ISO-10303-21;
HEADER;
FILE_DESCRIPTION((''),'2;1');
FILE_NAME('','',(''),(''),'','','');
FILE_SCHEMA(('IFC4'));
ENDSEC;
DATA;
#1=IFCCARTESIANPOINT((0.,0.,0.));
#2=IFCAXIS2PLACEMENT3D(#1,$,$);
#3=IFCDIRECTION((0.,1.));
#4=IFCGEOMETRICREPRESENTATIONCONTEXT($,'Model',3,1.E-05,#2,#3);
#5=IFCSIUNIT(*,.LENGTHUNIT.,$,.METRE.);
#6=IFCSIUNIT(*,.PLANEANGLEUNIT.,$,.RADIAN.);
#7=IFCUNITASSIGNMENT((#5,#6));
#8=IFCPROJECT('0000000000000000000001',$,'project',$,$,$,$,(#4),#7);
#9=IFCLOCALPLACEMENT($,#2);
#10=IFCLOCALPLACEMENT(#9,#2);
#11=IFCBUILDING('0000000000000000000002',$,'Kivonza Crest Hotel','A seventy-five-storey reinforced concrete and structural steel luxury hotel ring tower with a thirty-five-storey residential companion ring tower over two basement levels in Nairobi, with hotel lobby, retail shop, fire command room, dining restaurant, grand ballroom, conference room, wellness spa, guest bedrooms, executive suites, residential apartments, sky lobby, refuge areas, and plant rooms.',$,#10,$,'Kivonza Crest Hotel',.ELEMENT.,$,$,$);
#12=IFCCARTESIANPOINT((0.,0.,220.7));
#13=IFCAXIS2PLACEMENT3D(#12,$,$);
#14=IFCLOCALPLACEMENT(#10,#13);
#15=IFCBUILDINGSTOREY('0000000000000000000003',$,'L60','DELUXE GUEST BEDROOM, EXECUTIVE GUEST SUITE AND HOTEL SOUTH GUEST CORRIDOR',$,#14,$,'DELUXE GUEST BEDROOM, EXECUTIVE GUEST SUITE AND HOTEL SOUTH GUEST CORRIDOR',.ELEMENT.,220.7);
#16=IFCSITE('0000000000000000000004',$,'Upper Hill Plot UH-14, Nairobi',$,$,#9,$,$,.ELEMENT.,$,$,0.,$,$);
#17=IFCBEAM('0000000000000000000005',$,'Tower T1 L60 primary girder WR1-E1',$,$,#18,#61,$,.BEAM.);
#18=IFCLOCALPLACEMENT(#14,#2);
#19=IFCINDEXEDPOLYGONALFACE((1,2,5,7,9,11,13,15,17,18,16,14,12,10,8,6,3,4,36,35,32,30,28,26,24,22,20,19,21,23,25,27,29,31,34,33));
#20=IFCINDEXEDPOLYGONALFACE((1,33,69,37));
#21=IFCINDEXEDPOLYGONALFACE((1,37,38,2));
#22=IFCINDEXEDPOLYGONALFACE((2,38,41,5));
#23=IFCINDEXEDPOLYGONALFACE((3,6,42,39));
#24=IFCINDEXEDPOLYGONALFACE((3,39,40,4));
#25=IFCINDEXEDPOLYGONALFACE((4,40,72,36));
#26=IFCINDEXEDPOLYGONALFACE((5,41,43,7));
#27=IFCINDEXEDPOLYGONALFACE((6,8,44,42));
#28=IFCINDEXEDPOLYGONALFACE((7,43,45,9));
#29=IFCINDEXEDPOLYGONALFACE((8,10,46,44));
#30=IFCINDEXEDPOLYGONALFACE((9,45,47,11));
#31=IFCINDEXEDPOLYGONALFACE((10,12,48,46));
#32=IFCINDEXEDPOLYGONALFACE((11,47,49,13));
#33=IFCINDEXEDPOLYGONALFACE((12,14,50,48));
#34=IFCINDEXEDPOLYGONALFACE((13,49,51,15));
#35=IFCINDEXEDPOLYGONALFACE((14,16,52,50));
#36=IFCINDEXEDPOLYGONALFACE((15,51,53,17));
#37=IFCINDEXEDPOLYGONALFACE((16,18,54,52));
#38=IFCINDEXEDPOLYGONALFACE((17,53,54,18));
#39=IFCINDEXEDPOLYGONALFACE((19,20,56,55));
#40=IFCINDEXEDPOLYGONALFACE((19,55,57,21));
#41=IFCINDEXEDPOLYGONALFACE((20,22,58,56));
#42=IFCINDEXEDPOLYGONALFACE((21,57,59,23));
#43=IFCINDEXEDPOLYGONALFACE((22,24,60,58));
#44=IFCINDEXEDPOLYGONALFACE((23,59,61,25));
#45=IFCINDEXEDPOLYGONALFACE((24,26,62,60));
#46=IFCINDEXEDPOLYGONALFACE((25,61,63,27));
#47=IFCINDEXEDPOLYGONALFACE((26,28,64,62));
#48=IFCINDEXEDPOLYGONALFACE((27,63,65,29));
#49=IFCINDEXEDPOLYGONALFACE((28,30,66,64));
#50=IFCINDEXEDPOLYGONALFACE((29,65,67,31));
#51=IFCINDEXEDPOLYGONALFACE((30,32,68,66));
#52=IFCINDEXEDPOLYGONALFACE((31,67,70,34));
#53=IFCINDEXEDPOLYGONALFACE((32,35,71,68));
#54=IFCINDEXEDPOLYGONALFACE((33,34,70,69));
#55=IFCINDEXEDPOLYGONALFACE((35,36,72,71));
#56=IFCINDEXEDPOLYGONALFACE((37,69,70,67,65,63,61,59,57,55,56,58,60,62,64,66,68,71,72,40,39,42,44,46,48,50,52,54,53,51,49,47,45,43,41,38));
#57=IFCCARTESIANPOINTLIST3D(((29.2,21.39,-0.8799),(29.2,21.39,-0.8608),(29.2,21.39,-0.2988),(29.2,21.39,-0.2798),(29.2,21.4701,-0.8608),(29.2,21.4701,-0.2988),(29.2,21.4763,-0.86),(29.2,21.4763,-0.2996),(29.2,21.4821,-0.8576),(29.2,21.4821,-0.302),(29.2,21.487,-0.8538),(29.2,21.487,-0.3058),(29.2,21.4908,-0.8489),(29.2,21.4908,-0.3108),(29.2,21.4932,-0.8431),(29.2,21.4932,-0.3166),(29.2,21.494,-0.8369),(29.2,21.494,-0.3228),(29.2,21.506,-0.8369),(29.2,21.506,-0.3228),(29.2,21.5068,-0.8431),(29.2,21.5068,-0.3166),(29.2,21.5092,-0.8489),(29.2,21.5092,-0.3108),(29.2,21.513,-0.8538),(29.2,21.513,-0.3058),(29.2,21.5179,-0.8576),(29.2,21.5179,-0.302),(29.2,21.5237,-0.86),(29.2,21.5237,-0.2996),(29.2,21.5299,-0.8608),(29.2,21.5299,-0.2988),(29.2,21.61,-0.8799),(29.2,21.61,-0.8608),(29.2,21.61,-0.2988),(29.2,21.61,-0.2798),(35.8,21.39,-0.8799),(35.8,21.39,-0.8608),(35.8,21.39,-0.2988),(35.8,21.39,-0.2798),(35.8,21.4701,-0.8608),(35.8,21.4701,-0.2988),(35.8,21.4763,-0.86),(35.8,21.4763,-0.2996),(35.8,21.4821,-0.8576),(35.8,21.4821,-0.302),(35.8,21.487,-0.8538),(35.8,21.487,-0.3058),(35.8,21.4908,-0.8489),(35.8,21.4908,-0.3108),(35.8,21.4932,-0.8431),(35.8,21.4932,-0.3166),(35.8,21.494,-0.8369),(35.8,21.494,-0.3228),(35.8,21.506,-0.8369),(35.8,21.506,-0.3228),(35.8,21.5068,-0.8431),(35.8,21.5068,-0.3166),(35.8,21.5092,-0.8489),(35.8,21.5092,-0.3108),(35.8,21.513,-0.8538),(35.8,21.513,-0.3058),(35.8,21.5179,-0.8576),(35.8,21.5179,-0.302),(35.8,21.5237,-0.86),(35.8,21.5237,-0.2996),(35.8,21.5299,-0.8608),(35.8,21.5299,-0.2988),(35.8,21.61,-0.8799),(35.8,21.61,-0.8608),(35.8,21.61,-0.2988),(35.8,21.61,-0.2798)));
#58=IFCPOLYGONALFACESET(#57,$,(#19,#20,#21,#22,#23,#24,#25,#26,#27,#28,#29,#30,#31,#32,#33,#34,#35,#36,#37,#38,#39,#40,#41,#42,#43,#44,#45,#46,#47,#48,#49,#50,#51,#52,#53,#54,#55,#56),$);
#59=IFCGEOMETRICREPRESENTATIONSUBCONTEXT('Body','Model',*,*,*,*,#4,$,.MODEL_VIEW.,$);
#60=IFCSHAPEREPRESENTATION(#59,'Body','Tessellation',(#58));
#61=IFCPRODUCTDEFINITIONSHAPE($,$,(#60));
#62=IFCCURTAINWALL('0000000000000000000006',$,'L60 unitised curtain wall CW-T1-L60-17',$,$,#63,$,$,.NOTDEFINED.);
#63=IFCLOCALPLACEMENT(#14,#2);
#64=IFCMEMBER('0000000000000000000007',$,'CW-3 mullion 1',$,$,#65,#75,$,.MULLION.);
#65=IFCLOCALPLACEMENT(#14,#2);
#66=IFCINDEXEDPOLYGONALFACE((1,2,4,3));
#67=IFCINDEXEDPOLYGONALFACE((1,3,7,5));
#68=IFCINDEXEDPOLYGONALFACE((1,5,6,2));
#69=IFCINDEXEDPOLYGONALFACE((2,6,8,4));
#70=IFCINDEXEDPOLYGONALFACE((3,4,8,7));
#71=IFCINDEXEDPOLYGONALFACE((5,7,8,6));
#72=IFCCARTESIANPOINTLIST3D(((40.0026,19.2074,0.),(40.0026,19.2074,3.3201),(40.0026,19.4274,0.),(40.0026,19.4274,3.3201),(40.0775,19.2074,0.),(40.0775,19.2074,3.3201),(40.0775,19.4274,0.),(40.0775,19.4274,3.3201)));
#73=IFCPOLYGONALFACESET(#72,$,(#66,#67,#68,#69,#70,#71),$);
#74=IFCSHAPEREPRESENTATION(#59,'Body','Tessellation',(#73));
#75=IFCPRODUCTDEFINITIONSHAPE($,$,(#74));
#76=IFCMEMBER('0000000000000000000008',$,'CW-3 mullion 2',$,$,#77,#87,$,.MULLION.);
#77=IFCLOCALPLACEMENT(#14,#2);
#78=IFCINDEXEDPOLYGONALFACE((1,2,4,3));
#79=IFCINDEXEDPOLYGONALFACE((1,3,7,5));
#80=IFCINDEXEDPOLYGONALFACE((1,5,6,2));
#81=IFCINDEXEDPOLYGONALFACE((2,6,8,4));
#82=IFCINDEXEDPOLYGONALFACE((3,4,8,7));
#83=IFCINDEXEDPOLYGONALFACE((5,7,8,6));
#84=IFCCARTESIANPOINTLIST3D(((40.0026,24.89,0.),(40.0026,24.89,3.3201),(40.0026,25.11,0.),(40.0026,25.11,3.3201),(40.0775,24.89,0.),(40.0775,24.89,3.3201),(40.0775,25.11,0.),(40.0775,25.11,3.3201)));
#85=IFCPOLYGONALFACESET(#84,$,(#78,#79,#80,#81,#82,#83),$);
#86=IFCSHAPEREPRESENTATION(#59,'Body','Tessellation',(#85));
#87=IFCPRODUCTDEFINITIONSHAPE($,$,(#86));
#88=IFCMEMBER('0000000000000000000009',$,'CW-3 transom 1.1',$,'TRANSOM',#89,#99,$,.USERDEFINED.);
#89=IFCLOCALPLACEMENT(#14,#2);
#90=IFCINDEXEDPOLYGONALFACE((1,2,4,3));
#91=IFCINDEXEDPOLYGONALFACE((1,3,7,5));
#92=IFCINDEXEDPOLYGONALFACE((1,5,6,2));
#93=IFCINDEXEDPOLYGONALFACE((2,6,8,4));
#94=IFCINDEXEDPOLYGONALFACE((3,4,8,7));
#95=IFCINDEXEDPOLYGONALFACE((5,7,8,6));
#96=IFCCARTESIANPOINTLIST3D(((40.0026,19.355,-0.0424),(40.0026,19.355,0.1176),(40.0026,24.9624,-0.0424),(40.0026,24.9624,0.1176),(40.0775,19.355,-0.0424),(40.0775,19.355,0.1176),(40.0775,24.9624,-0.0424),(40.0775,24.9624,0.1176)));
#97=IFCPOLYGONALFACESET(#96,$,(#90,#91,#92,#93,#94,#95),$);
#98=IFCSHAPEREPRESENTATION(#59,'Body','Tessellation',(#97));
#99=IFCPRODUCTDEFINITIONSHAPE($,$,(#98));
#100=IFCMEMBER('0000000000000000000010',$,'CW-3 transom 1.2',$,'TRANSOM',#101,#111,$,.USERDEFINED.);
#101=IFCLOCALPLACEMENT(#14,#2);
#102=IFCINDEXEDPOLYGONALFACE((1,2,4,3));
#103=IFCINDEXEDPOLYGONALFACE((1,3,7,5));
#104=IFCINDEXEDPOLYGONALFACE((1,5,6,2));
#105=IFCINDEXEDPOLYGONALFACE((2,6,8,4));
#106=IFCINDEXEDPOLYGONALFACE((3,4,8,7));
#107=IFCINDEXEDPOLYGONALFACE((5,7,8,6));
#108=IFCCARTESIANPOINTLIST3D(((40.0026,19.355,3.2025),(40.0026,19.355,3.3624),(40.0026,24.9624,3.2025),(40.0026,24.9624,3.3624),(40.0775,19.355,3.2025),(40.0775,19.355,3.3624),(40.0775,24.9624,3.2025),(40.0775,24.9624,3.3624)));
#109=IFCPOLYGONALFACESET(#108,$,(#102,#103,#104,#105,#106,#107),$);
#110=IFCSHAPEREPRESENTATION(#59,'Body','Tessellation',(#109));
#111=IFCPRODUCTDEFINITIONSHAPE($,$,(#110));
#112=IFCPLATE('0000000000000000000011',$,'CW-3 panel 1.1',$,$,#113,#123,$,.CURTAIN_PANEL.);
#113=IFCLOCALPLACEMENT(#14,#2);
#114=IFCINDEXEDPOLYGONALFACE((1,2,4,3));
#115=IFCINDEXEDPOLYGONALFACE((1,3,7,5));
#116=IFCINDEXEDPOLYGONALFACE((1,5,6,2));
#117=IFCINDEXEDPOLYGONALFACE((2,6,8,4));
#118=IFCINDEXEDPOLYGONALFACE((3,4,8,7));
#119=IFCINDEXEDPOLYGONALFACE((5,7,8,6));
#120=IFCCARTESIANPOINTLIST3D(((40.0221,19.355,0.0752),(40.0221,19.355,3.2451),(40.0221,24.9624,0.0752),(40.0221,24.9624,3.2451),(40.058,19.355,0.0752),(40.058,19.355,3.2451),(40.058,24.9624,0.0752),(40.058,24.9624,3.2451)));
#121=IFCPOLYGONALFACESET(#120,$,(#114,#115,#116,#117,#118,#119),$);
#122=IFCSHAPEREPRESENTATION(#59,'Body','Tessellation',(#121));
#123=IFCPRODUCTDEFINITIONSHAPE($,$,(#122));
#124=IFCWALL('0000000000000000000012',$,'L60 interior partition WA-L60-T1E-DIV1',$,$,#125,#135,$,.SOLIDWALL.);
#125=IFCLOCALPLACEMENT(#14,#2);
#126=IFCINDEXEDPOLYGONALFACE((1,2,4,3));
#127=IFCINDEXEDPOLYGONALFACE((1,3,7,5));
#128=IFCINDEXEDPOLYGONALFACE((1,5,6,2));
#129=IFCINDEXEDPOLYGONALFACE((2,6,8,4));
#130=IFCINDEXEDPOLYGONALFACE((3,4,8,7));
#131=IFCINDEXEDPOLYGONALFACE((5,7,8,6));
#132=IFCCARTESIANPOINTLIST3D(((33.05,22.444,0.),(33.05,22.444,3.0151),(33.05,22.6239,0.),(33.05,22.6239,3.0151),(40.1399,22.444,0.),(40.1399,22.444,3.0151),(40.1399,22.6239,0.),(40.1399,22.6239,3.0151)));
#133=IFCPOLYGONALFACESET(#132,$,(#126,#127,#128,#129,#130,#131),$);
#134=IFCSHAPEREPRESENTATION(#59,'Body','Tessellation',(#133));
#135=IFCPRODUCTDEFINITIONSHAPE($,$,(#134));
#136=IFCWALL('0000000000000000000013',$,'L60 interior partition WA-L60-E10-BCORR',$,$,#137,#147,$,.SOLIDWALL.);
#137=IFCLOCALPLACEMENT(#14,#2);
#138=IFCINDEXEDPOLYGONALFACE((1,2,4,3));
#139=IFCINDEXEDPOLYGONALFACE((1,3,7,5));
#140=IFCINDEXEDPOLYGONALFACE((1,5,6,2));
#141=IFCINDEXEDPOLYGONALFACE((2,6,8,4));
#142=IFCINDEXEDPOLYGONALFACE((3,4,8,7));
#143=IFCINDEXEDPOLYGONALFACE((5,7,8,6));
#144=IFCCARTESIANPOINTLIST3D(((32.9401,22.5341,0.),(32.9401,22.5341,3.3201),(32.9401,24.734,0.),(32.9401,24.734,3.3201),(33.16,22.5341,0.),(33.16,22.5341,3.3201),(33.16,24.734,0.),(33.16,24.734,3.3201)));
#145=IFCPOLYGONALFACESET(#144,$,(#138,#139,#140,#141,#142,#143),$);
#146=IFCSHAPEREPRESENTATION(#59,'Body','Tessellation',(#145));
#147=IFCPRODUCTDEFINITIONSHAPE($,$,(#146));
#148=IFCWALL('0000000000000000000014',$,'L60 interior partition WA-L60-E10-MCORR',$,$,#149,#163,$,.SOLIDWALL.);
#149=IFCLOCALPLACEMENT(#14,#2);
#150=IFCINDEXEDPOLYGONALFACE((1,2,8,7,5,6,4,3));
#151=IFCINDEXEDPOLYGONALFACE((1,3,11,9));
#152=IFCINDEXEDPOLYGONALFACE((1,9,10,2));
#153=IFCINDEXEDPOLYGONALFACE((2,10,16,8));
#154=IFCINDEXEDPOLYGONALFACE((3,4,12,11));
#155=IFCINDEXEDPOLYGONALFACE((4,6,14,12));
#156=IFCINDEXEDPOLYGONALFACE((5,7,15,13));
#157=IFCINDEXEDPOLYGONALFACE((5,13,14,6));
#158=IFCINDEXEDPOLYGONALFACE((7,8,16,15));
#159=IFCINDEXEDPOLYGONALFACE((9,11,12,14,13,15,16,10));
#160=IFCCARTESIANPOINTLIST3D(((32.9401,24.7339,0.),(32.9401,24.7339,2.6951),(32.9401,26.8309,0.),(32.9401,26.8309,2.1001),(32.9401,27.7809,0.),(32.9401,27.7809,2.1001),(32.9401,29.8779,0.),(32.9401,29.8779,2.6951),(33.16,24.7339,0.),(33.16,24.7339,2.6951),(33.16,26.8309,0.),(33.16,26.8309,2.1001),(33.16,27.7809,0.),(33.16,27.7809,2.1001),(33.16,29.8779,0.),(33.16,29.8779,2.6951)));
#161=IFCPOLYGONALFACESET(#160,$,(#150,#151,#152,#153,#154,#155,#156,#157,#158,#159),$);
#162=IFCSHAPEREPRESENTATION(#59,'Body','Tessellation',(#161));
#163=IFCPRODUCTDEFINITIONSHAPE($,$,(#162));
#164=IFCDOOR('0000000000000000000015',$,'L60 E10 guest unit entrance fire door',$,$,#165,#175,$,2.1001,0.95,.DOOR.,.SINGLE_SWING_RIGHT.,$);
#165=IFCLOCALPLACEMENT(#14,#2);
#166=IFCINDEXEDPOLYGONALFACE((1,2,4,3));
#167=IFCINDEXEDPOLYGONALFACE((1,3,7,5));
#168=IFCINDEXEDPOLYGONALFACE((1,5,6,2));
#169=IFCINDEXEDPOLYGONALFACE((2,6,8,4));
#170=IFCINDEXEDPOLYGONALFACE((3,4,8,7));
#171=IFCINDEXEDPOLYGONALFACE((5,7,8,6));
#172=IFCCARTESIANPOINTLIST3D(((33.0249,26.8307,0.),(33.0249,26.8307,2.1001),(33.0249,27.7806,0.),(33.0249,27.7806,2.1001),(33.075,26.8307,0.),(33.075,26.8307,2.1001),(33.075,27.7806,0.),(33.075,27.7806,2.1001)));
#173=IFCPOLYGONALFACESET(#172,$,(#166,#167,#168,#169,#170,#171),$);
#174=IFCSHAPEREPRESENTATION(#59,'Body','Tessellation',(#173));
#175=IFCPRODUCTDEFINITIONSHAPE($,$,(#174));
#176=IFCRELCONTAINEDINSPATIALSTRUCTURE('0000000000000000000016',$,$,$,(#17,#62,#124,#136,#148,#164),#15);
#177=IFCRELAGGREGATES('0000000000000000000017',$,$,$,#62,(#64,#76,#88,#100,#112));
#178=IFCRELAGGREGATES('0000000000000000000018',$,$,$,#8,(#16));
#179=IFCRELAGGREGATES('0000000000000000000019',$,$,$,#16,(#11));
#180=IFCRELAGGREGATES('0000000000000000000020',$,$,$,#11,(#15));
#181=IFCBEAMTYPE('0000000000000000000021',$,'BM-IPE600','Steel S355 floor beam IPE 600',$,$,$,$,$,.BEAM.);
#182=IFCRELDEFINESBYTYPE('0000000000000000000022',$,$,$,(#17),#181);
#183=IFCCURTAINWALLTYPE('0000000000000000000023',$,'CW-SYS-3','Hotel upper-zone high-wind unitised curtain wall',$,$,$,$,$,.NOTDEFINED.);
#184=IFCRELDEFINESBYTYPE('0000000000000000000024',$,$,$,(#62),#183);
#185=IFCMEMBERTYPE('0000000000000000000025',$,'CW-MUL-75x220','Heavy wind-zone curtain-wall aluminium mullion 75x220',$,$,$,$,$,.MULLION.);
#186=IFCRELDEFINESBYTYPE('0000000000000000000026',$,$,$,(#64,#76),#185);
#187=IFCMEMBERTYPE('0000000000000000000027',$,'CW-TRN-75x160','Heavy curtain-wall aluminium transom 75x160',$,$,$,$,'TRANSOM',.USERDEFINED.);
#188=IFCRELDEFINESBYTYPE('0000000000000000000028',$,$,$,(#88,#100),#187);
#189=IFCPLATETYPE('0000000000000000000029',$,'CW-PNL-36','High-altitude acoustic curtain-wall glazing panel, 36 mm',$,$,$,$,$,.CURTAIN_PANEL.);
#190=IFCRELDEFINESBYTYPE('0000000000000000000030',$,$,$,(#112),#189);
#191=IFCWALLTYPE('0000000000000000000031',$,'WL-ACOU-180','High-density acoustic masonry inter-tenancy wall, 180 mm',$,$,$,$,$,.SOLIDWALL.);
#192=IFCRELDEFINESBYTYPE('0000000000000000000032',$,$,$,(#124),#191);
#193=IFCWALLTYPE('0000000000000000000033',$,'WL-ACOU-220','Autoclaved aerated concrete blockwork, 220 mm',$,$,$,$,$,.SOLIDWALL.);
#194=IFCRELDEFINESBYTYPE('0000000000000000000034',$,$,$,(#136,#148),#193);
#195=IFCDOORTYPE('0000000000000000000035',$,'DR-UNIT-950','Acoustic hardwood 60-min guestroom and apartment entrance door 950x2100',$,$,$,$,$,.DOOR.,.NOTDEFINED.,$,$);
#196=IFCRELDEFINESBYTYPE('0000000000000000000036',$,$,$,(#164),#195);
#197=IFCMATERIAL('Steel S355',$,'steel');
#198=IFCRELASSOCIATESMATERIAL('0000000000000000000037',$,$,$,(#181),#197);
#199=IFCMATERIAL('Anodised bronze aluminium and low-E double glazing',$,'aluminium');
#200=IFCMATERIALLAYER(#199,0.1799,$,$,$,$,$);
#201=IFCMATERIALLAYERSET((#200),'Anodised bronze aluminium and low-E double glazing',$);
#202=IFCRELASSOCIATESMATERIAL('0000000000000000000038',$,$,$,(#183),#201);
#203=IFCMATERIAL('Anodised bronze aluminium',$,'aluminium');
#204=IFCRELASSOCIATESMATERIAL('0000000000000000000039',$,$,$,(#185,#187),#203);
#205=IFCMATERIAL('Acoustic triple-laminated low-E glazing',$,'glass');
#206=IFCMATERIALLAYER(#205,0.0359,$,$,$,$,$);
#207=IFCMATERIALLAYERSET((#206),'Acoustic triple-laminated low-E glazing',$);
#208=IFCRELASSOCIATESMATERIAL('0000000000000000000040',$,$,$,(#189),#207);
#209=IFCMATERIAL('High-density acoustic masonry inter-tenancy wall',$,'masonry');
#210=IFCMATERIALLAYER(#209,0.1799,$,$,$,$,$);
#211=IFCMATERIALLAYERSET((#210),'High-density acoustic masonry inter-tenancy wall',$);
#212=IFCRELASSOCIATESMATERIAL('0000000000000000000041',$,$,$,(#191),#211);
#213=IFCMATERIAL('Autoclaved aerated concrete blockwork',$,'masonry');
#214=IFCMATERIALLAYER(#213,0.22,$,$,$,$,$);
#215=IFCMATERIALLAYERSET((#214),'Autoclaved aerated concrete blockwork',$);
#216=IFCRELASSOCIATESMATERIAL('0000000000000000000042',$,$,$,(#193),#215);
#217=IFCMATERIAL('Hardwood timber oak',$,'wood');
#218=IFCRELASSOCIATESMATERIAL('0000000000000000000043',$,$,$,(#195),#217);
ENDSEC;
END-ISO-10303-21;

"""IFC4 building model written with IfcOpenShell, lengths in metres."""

from ifc_helpers import new_model, si_unit, direction, frame, frame_2d, origin, origin_2d, place, context, subcontext, project, spatial, rectangle, i_section, extrude, material, layer, layer_set, material_profile, profile_set, type_object, element, fill, aggregate, save


model = new_model("IFC4")

# Units and contexts
model_context = context("Model", 3, precision=1e-05, world=origin(), true_north=direction((0.0, 1.0)))
body_context = subcontext(model_context, "Body", "Model", "MODEL_VIEW")
ifc_project = project(units=[si_unit("LENGTHUNIT", "METRE"), si_unit("PLANEANGLEUNIT", "RADIAN")], contexts=[model_context])

# Site, building, storey
site_placement = place(None, origin())
site = spatial("IfcSite", under=ifc_project, at=site_placement, Name="Upper Hill Plot UH-14, Nairobi", CompositionType="ELEMENT", RefElevation=0.0)
building_placement = place(site_placement, origin())
building = spatial("IfcBuilding", under=site, at=building_placement, Name="Kivonza Crest Hotel", Description="A seventy-five-storey reinforced concrete and structural steel luxury hotel ring tower with a thirty-five-storey residential companion ring tower over two basement levels in Nairobi, with hotel lobby, retail shop, fire command room, dining restaurant, grand ballroom, conference room, wellness spa, guest bedrooms, executive suites, residential apartments, sky lobby, refuge areas, and plant rooms.", LongName="Kivonza Crest Hotel", CompositionType="ELEMENT")
storey_placement = place(building_placement, frame((0.0, 0.0, 220.7)))
storey = spatial("IfcBuildingStorey", under=building, at=storey_placement, Name="L60", Description="DELUXE GUEST BEDROOM, EXECUTIVE GUEST SUITE AND HOTEL SOUTH GUEST CORRIDOR", LongName="DELUXE GUEST BEDROOM, EXECUTIVE GUEST SUITE AND HOTEL SOUTH GUEST CORRIDOR", CompositionType="ELEMENT", Elevation=220.7)

# Beam
ifc_material_1 = material(Name="Steel S355", Category="steel")
ifc_material_profile_1 = material_profile(ifc_material_1, i_section(OverallWidth=0.22, OverallDepth=0.6001, WebThickness=0.012, FlangeThickness=0.019, FilletRadius=0.0239, at=origin_2d()), Name="IPE 600")
ifc_profile_set_1 = profile_set([ifc_material_profile_1], Name="Steel S355")
beam_type_1 = type_object("IfcBeamType", Name="BM-IPE600", Description="Steel S355 floor beam IPE 600", PredefinedType="BEAM", material=ifc_profile_set_1)
beam_1_placement = place(storey_placement, frame((29.2, 21.5, -0.5798), z_axis=(1.0, 0.0, 0.0), x_axis=(0.0, 1.0, 0.0)))
element("IfcBeam", 1, at=beam_1_placement, inside=storey, type_object=beam_type_1, Name="Tower T1 L60 primary girder WR1-E1", PredefinedType="BEAM", context=body_context, shape_type="SweptSolid", body=[
    extrude(i_section(OverallWidth=0.22, OverallDepth=0.6001, WebThickness=0.012, FlangeThickness=0.019, FilletRadius=0.0239, at=origin_2d()), origin(), (0.0, 0.0, 1.0), 6.6001),
])

# Curtain wall, members, plate
ifc_material_2 = material(Name="Anodised bronze aluminium and low-E double glazing", Category="aluminium")
ifc_layer_1 = layer(ifc_material_2, 0.1799)
ifc_layer_set_1 = layer_set([ifc_layer_1], Name="Anodised bronze aluminium and low-E double glazing")
curtain_wall_type = type_object("IfcCurtainWallType", Name="CW-SYS-3", Description="Hotel upper-zone high-wind unitised curtain wall", PredefinedType="NOTDEFINED", material=ifc_layer_set_1)
curtain_wall_placement = place(storey_placement, origin())
curtain_wall = element("IfcCurtainWall", 2, at=curtain_wall_placement, inside=storey, type_object=curtain_wall_type, Name="L60 unitised curtain wall CW-T1-L60-17", PredefinedType="NOTDEFINED")
ifc_material_3 = material(Name="Anodised bronze aluminium", Category="aluminium")
ifc_material_profile_2 = material_profile(ifc_material_3, rectangle(XDim=0.075, YDim=0.22, at=origin_2d()), Name="CW-M 75x220")
ifc_profile_set_2 = profile_set([ifc_material_profile_2], Name="Anodised bronze aluminium")
member_type_1 = type_object("IfcMemberType", Name="CW-MUL-75x220", Description="Heavy wind-zone curtain-wall aluminium mullion 75x220", PredefinedType="MULLION", material=ifc_profile_set_2)
member_1_placement = place(storey_placement, frame((40.04, 19.3174, 0.0), z_axis=(0.0, 0.0, 1.0), x_axis=(-1.0, 0.0, 0.0)))
member_1 = element("IfcMember", 3, at=member_1_placement, type_object=member_type_1, Name="CW-3 mullion 1", PredefinedType="MULLION", context=body_context, shape_type="SweptSolid", body=[
    extrude(rectangle(XDim=0.075, YDim=0.22, at=origin_2d()), origin(), (0.0, 0.0, 1.0), 3.3201),
])
member_2_placement = place(storey_placement, frame((40.04, 25.0, 0.0), z_axis=(0.0, 0.0, 1.0), x_axis=(-1.0, 0.0, 0.0)))
member_2 = element("IfcMember", 4, at=member_2_placement, type_object=member_type_1, Name="CW-3 mullion 2", PredefinedType="MULLION", context=body_context, shape_type="SweptSolid", body=[
    extrude(rectangle(XDim=0.075, YDim=0.22, at=origin_2d()), origin(), (0.0, 0.0, 1.0), 3.3201),
])
ifc_material_profile_3 = material_profile(ifc_material_3, rectangle(XDim=0.075, YDim=0.1599, at=origin_2d()), Name="CW-T 75x160")
ifc_profile_set_3 = profile_set([ifc_material_profile_3], Name="Anodised bronze aluminium")
member_type_2 = type_object("IfcMemberType", Name="CW-TRN-75x160", Description="Heavy curtain-wall aluminium transom 75x160", ElementType="TRANSOM", PredefinedType="USERDEFINED", material=ifc_profile_set_3)
member_3_placement = place(storey_placement, frame((40.04, 19.355, 0.0376), z_axis=(0.0, 1.0, 0.0), x_axis=(-1.0, 0.0, 0.0)))
member_3 = element("IfcMember", 5, at=member_3_placement, type_object=member_type_2, Name="CW-3 transom 1.1", ObjectType="TRANSOM", PredefinedType="USERDEFINED", context=body_context, shape_type="SweptSolid", body=[
    extrude(rectangle(XDim=0.075, YDim=0.1599, at=origin_2d()), origin(), (0.0, 0.0, 1.0), 5.6074),
])
member_4_placement = place(storey_placement, frame((40.04, 19.355, 3.2825), z_axis=(0.0, 1.0, 0.0), x_axis=(-1.0, 0.0, 0.0)))
member_4 = element("IfcMember", 6, at=member_4_placement, type_object=member_type_2, Name="CW-3 transom 1.2", ObjectType="TRANSOM", PredefinedType="USERDEFINED", context=body_context, shape_type="SweptSolid", body=[
    extrude(rectangle(XDim=0.075, YDim=0.1599, at=origin_2d()), origin(), (0.0, 0.0, 1.0), 5.6074),
])
ifc_material_4 = material(Name="Acoustic triple-laminated low-E glazing", Category="glass")
ifc_layer_2 = layer(ifc_material_4, 0.0359)
ifc_layer_set_2 = layer_set([ifc_layer_2], Name="Acoustic triple-laminated low-E glazing")
plate_type = type_object("IfcPlateType", Name="CW-PNL-36", Description="High-altitude acoustic curtain-wall glazing panel, 36 mm", PredefinedType="CURTAIN_PANEL", material=ifc_layer_set_2)
plate_placement = place(storey_placement, frame((40.04, 22.1587, 0.0752), z_axis=(0.0, 0.0, 1.0), x_axis=(0.0, 1.0, 0.0)))
plate = element("IfcPlate", 7, at=plate_placement, type_object=plate_type, Name="CW-3 panel 1.1", PredefinedType="CURTAIN_PANEL", context=body_context, shape_type="SweptSolid", body=[
    extrude(rectangle(XDim=5.6074, YDim=0.0359, at=origin_2d()), origin(), (0.0, 0.0, 1.0), 3.1699),
])
aggregate(curtain_wall, [member_1, member_2, member_3, member_4, plate])

# Walls
ifc_material_5 = material(Name="High-density acoustic masonry inter-tenancy wall", Category="masonry")
ifc_layer_3 = layer(ifc_material_5, 0.1799)
ifc_layer_set_3 = layer_set([ifc_layer_3], Name="High-density acoustic masonry inter-tenancy wall")
wall_type_1 = type_object("IfcWallType", Name="WL-ACOU-180", Description="High-density acoustic masonry inter-tenancy wall, 180 mm", PredefinedType="SOLIDWALL", material=ifc_layer_set_3)
wall_1_placement = place(storey_placement, frame((33.05, 22.5339, 0.0), z_axis=(0.0, 0.0, 1.0), x_axis=(1.0, 0.0, 0.0)))
element("IfcWall", 8, at=wall_1_placement, inside=storey, type_object=wall_type_1, Name="L60 interior partition WA-L60-T1E-DIV1", PredefinedType="SOLIDWALL", context=body_context, shape_type="SweptSolid", body=[
    extrude(rectangle(XDim=7.0898, YDim=0.1799, at=frame_2d((3.5449, 0.0))), origin(), (0.0, 0.0, 1.0), 3.0151),
])
ifc_material_6 = material(Name="Autoclaved aerated concrete blockwork", Category="masonry")
ifc_layer_4 = layer(ifc_material_6, 0.22)
ifc_layer_set_4 = layer_set([ifc_layer_4], Name="Autoclaved aerated concrete blockwork")
wall_type_2 = type_object("IfcWallType", Name="WL-ACOU-220", Description="Autoclaved aerated concrete blockwork, 220 mm", PredefinedType="SOLIDWALL", material=ifc_layer_set_4)
wall_2_placement = place(storey_placement, frame((33.05, 22.5339, 0.0), z_axis=(0.0, 0.0, 1.0), x_axis=(0.0, 1.0, 0.0)))
element("IfcWall", 9, at=wall_2_placement, inside=storey, type_object=wall_type_2, Name="L60 interior partition WA-L60-E10-BCORR", PredefinedType="SOLIDWALL", context=body_context, shape_type="SweptSolid", body=[
    extrude(rectangle(XDim=2.2, YDim=0.22, at=frame_2d((1.1001, 0.0))), origin(), (0.0, 0.0, 1.0), 3.3201),
])

# Wall, opening, door
wall_3_placement = place(storey_placement, frame((33.05, 24.7339, 0.0), z_axis=(0.0, 0.0, 1.0), x_axis=(0.0, 1.0, 0.0)))
wall_3 = element("IfcWall", 10, at=wall_3_placement, inside=storey, type_object=wall_type_2, Name="L60 interior partition WA-L60-E10-MCORR", PredefinedType="SOLIDWALL", context=body_context, shape_type="SweptSolid", body=[
    extrude(rectangle(XDim=5.144, YDim=0.22, at=frame_2d((2.572, 0.0))), origin(), (0.0, 0.0, 1.0), 2.6951),
])
opening_1_placement = place(wall_3_placement, frame((2.0969, 0.0, 0.0)))
opening_1 = element("IfcOpeningElement", 11, at=opening_1_placement, cuts=wall_3, PredefinedType="OPENING", context=body_context, shape_type="SweptSolid", body=[
    extrude(rectangle(XDim=0.95, YDim=2.1001, at=frame_2d((0.4751, 1.05))), frame((0.0, 0.1201, 0.0), z_axis=(0.0, -1.0, 0.0), x_axis=(1.0, 0.0, 0.0)), (0.0, 0.0, 1.0), 0.24),
])
ifc_material_7 = material(Name="Hardwood timber oak", Category="wood")
door_type_1 = type_object("IfcDoorType", Name="DR-UNIT-950", Description="Acoustic hardwood 60-min guestroom and apartment entrance door 950x2100", OperationType="NOTDEFINED", PredefinedType="DOOR", material=ifc_material_7)
door_1_placement = place(opening_1_placement, frame((0.95, 0.0, 0.0), z_axis=(0.0, 0.0, 1.0), x_axis=(-1.0, 0.0, 0.0)))
door_1 = element("IfcDoor", 12, at=door_1_placement, inside=storey, type_object=door_type_1, Name="L60 E10 guest unit entrance fire door", OperationType="SINGLE_SWING_RIGHT", OverallHeight=2.1001, OverallWidth=0.95, PredefinedType="DOOR", context=body_context, shape_type="SweptSolid", body=[
    extrude(rectangle(XDim=0.95, YDim=2.1001, at=frame_2d((0.4751, 1.05))), frame((0.0, 0.0249, 0.0), z_axis=(0.0, -1.0, 0.0), x_axis=(1.0, 0.0, 0.0)), (0.0, 0.0, 1.0), 0.05),
])
fill(opening_1, door_1)

save(model, "model.ifc")
